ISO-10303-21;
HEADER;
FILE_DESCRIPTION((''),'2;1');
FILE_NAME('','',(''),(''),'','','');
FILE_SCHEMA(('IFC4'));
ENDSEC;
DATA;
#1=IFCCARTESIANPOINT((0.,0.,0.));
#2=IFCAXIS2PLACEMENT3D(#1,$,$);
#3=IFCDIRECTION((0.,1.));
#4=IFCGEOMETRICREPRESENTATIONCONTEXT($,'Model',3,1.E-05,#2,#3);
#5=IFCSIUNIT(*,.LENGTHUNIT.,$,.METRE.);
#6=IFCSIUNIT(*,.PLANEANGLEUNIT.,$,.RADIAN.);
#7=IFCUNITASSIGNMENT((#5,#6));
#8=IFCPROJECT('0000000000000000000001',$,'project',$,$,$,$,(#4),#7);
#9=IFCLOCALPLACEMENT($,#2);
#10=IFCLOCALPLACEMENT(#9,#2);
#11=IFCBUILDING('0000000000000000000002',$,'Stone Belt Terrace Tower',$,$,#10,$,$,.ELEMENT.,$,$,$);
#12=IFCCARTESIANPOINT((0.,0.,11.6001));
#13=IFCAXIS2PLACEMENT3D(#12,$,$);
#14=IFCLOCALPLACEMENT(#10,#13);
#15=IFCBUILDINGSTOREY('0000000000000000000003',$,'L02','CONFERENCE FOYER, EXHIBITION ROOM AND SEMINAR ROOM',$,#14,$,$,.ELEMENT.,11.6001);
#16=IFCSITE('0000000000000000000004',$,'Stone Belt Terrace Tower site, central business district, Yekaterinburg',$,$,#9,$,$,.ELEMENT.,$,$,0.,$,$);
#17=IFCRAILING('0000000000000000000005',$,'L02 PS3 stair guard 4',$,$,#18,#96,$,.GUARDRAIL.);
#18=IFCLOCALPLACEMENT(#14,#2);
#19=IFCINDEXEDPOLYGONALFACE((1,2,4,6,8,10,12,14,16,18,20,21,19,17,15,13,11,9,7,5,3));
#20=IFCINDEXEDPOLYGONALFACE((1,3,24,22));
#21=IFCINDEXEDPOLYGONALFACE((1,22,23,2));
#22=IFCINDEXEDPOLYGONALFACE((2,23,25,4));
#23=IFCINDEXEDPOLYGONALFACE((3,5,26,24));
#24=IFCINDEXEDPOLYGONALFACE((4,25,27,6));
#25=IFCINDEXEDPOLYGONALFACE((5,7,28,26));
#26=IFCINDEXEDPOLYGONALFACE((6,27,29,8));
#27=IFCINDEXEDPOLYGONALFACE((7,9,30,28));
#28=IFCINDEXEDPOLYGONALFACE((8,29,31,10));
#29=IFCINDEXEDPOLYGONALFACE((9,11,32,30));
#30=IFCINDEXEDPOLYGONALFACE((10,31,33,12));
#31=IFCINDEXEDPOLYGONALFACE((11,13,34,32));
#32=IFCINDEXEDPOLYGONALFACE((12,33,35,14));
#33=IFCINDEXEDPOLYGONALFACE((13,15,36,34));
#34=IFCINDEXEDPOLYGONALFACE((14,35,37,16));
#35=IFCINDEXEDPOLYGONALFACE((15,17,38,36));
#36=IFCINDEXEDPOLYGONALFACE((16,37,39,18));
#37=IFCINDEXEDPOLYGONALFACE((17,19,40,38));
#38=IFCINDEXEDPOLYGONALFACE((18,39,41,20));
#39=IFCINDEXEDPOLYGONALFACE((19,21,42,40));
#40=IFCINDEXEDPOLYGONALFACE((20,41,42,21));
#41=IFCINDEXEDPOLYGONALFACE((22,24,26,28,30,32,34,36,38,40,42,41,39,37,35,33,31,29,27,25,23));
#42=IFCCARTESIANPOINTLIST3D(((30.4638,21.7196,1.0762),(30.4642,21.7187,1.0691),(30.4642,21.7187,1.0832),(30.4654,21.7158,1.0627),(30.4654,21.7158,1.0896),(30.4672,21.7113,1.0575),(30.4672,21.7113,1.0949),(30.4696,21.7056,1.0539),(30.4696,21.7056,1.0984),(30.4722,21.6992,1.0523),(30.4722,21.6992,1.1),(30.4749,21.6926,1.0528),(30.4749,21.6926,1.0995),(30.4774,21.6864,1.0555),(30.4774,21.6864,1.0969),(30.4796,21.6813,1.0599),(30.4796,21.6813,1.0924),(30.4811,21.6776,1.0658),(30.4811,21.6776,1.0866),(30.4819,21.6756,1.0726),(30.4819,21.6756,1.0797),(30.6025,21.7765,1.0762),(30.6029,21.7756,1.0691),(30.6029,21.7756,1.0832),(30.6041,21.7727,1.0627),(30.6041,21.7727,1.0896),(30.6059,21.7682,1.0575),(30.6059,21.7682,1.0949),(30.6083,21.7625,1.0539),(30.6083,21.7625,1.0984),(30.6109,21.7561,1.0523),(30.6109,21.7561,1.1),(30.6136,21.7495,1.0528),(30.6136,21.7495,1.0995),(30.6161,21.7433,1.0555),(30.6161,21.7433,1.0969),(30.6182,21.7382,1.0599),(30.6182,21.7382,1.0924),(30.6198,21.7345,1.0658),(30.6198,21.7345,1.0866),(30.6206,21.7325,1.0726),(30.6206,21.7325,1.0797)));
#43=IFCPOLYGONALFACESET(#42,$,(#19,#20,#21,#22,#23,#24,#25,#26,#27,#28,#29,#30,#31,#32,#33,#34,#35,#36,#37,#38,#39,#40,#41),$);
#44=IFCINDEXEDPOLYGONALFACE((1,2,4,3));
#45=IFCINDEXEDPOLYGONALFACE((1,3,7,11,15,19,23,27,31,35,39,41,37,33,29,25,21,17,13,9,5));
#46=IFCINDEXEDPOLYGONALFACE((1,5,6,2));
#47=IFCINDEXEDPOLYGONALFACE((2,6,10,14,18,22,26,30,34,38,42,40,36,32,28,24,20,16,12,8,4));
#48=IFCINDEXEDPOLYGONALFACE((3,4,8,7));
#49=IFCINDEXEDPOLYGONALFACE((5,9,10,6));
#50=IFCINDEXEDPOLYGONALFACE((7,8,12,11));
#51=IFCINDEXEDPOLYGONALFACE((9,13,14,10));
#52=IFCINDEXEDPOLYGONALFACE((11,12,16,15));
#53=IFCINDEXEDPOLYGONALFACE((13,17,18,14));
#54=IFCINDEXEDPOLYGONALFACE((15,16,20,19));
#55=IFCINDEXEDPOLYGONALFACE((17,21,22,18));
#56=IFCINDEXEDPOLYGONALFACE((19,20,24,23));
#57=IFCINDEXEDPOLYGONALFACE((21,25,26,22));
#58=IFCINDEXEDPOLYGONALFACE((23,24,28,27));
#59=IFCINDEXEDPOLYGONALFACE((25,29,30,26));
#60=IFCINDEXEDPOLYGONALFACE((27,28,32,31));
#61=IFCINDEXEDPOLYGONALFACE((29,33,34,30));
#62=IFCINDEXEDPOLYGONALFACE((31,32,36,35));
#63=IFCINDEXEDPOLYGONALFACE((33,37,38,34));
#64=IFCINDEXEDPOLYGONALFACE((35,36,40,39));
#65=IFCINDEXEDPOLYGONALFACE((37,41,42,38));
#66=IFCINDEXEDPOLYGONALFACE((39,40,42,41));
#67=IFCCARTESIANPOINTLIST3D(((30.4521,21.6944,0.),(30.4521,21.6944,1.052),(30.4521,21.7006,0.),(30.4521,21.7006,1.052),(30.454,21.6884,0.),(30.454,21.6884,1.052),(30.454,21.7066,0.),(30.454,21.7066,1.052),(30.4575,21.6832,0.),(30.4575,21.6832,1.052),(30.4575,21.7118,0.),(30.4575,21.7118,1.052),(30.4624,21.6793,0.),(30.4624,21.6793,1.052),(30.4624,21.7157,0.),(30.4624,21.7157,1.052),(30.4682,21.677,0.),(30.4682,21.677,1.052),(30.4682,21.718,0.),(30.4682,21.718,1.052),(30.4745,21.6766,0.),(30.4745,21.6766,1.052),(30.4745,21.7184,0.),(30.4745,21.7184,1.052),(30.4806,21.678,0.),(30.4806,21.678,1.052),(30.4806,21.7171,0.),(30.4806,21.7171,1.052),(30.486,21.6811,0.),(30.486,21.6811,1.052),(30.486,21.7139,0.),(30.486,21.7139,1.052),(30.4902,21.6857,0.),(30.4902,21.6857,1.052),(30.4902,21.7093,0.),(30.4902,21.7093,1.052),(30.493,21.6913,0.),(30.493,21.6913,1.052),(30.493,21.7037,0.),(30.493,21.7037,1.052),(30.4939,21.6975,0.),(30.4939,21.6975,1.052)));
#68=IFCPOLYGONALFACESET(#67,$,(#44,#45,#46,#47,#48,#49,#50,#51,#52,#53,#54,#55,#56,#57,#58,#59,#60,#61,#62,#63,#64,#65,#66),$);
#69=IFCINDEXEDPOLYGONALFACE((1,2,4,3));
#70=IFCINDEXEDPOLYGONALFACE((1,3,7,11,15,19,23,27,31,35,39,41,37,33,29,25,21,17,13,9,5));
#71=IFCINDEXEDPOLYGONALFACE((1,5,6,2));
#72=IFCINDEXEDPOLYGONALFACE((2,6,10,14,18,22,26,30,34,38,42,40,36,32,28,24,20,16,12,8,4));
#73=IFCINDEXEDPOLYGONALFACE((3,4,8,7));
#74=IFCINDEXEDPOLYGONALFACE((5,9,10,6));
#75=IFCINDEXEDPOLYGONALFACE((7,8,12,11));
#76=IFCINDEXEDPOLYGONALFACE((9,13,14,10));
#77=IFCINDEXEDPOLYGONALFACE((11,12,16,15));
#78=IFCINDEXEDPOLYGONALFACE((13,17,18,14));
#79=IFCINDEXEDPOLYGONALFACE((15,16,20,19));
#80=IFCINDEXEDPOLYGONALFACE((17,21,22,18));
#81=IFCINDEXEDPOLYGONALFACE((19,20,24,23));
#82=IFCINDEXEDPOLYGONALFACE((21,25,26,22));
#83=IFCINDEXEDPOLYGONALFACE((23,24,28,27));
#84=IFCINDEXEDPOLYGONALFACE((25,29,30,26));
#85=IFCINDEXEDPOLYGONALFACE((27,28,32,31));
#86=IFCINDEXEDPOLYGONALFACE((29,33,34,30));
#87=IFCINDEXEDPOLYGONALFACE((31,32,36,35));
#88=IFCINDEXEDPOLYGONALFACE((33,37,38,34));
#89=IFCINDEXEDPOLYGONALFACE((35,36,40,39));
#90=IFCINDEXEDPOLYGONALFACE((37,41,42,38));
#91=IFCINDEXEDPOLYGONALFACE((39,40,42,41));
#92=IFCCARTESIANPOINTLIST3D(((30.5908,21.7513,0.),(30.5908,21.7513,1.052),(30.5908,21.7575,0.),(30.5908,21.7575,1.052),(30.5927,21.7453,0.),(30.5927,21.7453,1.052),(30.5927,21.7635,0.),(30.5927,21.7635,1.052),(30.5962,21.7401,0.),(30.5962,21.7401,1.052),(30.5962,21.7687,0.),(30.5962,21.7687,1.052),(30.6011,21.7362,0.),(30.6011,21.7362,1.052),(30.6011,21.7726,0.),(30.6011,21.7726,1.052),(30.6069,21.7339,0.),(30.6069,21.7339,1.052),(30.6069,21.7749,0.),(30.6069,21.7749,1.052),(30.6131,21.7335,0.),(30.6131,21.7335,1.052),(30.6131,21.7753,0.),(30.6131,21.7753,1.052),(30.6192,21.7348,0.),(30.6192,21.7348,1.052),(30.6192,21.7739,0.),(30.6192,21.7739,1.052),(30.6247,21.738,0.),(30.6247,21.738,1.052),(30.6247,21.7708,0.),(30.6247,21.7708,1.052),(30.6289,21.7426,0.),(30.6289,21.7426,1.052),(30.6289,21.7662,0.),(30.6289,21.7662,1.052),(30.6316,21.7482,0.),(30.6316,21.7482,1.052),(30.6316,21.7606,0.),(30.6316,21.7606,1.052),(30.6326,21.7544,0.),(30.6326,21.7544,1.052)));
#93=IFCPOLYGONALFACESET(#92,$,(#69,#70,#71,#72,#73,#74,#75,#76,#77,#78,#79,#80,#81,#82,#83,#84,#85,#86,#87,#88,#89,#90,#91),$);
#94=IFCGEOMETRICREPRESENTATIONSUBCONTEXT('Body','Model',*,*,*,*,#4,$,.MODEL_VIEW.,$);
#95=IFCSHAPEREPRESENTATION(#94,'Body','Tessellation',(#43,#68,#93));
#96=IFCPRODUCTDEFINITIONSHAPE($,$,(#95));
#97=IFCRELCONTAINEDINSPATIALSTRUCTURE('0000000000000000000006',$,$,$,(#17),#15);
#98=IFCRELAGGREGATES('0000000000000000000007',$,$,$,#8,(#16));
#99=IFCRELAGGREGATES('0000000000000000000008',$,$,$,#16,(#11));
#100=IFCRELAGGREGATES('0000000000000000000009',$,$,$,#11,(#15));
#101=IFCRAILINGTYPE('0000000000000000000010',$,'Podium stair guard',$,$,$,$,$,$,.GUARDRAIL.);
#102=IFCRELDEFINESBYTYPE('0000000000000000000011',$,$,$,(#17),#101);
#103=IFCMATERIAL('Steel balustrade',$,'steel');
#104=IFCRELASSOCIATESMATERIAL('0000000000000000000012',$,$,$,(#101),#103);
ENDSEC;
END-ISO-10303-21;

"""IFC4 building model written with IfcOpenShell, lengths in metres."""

from ifc_helpers import new_model, si_unit, direction, frame, origin, origin_2d, place, context, subcontext, project, spatial, circle, extrude, material, type_object, element, save


model = new_model("IFC4")

# Units and contexts
model_context = context("Model", 3, precision=1e-05, world=origin(), true_north=direction((0.0, 1.0)))
body_context = subcontext(model_context, "Body", "Model", "MODEL_VIEW")
ifc_project = project(units=[si_unit("LENGTHUNIT", "METRE"), si_unit("PLANEANGLEUNIT", "RADIAN")], contexts=[model_context])

# Site, building, storey
site_placement = place(None, origin())
site = spatial("IfcSite", under=ifc_project, at=site_placement, Name="Stone Belt Terrace Tower site, central business district, Yekaterinburg", CompositionType="ELEMENT", RefElevation=0.0)
building_placement = place(site_placement, origin())
building = spatial("IfcBuilding", under=site, at=building_placement, Name="Stone Belt Terrace Tower", CompositionType="ELEMENT")
storey_placement = place(building_placement, frame((0.0, 0.0, 11.6001)))
storey = spatial("IfcBuildingStorey", under=building, at=storey_placement, Name="L02", Description="CONFERENCE FOYER, EXHIBITION ROOM AND SEMINAR ROOM", CompositionType="ELEMENT", Elevation=11.6001)

# Railing
ifc_material_1 = material(Name="Steel balustrade", Category="steel")
railing_type_1 = type_object("IfcRailingType", Name="Podium stair guard", PredefinedType="GUARDRAIL", material=ifc_material_1)
railing_1_placement = place(storey_placement, frame((30.4729, 21.6975, 0.0)))
element("IfcRailing", 1, at=railing_1_placement, inside=storey, type_object=railing_type_1, Name="L02 PS3 stair guard 4", PredefinedType="GUARDRAIL", context=body_context, shape_type="SweptSolid", body=[
    extrude(circle(Radius=0.0239, at=origin_2d()), frame((0.0, 0.0, 1.0762), z_axis=(0.925183, 0.379521, 0.0), x_axis=(-0.379521, 0.925183, 0.0)), (0.0, 0.0, 1.0), 0.1499),
    extrude(circle(Radius=0.021, at=origin_2d()), origin(), (0.0, 0.0, 1.0), 1.052),
    extrude(circle(Radius=0.021, at=origin_2d()), frame((0.1387, 0.0569, 0.0)), (0.0, 0.0, 1.0), 1.052),
])

save(model, "model.ifc")
